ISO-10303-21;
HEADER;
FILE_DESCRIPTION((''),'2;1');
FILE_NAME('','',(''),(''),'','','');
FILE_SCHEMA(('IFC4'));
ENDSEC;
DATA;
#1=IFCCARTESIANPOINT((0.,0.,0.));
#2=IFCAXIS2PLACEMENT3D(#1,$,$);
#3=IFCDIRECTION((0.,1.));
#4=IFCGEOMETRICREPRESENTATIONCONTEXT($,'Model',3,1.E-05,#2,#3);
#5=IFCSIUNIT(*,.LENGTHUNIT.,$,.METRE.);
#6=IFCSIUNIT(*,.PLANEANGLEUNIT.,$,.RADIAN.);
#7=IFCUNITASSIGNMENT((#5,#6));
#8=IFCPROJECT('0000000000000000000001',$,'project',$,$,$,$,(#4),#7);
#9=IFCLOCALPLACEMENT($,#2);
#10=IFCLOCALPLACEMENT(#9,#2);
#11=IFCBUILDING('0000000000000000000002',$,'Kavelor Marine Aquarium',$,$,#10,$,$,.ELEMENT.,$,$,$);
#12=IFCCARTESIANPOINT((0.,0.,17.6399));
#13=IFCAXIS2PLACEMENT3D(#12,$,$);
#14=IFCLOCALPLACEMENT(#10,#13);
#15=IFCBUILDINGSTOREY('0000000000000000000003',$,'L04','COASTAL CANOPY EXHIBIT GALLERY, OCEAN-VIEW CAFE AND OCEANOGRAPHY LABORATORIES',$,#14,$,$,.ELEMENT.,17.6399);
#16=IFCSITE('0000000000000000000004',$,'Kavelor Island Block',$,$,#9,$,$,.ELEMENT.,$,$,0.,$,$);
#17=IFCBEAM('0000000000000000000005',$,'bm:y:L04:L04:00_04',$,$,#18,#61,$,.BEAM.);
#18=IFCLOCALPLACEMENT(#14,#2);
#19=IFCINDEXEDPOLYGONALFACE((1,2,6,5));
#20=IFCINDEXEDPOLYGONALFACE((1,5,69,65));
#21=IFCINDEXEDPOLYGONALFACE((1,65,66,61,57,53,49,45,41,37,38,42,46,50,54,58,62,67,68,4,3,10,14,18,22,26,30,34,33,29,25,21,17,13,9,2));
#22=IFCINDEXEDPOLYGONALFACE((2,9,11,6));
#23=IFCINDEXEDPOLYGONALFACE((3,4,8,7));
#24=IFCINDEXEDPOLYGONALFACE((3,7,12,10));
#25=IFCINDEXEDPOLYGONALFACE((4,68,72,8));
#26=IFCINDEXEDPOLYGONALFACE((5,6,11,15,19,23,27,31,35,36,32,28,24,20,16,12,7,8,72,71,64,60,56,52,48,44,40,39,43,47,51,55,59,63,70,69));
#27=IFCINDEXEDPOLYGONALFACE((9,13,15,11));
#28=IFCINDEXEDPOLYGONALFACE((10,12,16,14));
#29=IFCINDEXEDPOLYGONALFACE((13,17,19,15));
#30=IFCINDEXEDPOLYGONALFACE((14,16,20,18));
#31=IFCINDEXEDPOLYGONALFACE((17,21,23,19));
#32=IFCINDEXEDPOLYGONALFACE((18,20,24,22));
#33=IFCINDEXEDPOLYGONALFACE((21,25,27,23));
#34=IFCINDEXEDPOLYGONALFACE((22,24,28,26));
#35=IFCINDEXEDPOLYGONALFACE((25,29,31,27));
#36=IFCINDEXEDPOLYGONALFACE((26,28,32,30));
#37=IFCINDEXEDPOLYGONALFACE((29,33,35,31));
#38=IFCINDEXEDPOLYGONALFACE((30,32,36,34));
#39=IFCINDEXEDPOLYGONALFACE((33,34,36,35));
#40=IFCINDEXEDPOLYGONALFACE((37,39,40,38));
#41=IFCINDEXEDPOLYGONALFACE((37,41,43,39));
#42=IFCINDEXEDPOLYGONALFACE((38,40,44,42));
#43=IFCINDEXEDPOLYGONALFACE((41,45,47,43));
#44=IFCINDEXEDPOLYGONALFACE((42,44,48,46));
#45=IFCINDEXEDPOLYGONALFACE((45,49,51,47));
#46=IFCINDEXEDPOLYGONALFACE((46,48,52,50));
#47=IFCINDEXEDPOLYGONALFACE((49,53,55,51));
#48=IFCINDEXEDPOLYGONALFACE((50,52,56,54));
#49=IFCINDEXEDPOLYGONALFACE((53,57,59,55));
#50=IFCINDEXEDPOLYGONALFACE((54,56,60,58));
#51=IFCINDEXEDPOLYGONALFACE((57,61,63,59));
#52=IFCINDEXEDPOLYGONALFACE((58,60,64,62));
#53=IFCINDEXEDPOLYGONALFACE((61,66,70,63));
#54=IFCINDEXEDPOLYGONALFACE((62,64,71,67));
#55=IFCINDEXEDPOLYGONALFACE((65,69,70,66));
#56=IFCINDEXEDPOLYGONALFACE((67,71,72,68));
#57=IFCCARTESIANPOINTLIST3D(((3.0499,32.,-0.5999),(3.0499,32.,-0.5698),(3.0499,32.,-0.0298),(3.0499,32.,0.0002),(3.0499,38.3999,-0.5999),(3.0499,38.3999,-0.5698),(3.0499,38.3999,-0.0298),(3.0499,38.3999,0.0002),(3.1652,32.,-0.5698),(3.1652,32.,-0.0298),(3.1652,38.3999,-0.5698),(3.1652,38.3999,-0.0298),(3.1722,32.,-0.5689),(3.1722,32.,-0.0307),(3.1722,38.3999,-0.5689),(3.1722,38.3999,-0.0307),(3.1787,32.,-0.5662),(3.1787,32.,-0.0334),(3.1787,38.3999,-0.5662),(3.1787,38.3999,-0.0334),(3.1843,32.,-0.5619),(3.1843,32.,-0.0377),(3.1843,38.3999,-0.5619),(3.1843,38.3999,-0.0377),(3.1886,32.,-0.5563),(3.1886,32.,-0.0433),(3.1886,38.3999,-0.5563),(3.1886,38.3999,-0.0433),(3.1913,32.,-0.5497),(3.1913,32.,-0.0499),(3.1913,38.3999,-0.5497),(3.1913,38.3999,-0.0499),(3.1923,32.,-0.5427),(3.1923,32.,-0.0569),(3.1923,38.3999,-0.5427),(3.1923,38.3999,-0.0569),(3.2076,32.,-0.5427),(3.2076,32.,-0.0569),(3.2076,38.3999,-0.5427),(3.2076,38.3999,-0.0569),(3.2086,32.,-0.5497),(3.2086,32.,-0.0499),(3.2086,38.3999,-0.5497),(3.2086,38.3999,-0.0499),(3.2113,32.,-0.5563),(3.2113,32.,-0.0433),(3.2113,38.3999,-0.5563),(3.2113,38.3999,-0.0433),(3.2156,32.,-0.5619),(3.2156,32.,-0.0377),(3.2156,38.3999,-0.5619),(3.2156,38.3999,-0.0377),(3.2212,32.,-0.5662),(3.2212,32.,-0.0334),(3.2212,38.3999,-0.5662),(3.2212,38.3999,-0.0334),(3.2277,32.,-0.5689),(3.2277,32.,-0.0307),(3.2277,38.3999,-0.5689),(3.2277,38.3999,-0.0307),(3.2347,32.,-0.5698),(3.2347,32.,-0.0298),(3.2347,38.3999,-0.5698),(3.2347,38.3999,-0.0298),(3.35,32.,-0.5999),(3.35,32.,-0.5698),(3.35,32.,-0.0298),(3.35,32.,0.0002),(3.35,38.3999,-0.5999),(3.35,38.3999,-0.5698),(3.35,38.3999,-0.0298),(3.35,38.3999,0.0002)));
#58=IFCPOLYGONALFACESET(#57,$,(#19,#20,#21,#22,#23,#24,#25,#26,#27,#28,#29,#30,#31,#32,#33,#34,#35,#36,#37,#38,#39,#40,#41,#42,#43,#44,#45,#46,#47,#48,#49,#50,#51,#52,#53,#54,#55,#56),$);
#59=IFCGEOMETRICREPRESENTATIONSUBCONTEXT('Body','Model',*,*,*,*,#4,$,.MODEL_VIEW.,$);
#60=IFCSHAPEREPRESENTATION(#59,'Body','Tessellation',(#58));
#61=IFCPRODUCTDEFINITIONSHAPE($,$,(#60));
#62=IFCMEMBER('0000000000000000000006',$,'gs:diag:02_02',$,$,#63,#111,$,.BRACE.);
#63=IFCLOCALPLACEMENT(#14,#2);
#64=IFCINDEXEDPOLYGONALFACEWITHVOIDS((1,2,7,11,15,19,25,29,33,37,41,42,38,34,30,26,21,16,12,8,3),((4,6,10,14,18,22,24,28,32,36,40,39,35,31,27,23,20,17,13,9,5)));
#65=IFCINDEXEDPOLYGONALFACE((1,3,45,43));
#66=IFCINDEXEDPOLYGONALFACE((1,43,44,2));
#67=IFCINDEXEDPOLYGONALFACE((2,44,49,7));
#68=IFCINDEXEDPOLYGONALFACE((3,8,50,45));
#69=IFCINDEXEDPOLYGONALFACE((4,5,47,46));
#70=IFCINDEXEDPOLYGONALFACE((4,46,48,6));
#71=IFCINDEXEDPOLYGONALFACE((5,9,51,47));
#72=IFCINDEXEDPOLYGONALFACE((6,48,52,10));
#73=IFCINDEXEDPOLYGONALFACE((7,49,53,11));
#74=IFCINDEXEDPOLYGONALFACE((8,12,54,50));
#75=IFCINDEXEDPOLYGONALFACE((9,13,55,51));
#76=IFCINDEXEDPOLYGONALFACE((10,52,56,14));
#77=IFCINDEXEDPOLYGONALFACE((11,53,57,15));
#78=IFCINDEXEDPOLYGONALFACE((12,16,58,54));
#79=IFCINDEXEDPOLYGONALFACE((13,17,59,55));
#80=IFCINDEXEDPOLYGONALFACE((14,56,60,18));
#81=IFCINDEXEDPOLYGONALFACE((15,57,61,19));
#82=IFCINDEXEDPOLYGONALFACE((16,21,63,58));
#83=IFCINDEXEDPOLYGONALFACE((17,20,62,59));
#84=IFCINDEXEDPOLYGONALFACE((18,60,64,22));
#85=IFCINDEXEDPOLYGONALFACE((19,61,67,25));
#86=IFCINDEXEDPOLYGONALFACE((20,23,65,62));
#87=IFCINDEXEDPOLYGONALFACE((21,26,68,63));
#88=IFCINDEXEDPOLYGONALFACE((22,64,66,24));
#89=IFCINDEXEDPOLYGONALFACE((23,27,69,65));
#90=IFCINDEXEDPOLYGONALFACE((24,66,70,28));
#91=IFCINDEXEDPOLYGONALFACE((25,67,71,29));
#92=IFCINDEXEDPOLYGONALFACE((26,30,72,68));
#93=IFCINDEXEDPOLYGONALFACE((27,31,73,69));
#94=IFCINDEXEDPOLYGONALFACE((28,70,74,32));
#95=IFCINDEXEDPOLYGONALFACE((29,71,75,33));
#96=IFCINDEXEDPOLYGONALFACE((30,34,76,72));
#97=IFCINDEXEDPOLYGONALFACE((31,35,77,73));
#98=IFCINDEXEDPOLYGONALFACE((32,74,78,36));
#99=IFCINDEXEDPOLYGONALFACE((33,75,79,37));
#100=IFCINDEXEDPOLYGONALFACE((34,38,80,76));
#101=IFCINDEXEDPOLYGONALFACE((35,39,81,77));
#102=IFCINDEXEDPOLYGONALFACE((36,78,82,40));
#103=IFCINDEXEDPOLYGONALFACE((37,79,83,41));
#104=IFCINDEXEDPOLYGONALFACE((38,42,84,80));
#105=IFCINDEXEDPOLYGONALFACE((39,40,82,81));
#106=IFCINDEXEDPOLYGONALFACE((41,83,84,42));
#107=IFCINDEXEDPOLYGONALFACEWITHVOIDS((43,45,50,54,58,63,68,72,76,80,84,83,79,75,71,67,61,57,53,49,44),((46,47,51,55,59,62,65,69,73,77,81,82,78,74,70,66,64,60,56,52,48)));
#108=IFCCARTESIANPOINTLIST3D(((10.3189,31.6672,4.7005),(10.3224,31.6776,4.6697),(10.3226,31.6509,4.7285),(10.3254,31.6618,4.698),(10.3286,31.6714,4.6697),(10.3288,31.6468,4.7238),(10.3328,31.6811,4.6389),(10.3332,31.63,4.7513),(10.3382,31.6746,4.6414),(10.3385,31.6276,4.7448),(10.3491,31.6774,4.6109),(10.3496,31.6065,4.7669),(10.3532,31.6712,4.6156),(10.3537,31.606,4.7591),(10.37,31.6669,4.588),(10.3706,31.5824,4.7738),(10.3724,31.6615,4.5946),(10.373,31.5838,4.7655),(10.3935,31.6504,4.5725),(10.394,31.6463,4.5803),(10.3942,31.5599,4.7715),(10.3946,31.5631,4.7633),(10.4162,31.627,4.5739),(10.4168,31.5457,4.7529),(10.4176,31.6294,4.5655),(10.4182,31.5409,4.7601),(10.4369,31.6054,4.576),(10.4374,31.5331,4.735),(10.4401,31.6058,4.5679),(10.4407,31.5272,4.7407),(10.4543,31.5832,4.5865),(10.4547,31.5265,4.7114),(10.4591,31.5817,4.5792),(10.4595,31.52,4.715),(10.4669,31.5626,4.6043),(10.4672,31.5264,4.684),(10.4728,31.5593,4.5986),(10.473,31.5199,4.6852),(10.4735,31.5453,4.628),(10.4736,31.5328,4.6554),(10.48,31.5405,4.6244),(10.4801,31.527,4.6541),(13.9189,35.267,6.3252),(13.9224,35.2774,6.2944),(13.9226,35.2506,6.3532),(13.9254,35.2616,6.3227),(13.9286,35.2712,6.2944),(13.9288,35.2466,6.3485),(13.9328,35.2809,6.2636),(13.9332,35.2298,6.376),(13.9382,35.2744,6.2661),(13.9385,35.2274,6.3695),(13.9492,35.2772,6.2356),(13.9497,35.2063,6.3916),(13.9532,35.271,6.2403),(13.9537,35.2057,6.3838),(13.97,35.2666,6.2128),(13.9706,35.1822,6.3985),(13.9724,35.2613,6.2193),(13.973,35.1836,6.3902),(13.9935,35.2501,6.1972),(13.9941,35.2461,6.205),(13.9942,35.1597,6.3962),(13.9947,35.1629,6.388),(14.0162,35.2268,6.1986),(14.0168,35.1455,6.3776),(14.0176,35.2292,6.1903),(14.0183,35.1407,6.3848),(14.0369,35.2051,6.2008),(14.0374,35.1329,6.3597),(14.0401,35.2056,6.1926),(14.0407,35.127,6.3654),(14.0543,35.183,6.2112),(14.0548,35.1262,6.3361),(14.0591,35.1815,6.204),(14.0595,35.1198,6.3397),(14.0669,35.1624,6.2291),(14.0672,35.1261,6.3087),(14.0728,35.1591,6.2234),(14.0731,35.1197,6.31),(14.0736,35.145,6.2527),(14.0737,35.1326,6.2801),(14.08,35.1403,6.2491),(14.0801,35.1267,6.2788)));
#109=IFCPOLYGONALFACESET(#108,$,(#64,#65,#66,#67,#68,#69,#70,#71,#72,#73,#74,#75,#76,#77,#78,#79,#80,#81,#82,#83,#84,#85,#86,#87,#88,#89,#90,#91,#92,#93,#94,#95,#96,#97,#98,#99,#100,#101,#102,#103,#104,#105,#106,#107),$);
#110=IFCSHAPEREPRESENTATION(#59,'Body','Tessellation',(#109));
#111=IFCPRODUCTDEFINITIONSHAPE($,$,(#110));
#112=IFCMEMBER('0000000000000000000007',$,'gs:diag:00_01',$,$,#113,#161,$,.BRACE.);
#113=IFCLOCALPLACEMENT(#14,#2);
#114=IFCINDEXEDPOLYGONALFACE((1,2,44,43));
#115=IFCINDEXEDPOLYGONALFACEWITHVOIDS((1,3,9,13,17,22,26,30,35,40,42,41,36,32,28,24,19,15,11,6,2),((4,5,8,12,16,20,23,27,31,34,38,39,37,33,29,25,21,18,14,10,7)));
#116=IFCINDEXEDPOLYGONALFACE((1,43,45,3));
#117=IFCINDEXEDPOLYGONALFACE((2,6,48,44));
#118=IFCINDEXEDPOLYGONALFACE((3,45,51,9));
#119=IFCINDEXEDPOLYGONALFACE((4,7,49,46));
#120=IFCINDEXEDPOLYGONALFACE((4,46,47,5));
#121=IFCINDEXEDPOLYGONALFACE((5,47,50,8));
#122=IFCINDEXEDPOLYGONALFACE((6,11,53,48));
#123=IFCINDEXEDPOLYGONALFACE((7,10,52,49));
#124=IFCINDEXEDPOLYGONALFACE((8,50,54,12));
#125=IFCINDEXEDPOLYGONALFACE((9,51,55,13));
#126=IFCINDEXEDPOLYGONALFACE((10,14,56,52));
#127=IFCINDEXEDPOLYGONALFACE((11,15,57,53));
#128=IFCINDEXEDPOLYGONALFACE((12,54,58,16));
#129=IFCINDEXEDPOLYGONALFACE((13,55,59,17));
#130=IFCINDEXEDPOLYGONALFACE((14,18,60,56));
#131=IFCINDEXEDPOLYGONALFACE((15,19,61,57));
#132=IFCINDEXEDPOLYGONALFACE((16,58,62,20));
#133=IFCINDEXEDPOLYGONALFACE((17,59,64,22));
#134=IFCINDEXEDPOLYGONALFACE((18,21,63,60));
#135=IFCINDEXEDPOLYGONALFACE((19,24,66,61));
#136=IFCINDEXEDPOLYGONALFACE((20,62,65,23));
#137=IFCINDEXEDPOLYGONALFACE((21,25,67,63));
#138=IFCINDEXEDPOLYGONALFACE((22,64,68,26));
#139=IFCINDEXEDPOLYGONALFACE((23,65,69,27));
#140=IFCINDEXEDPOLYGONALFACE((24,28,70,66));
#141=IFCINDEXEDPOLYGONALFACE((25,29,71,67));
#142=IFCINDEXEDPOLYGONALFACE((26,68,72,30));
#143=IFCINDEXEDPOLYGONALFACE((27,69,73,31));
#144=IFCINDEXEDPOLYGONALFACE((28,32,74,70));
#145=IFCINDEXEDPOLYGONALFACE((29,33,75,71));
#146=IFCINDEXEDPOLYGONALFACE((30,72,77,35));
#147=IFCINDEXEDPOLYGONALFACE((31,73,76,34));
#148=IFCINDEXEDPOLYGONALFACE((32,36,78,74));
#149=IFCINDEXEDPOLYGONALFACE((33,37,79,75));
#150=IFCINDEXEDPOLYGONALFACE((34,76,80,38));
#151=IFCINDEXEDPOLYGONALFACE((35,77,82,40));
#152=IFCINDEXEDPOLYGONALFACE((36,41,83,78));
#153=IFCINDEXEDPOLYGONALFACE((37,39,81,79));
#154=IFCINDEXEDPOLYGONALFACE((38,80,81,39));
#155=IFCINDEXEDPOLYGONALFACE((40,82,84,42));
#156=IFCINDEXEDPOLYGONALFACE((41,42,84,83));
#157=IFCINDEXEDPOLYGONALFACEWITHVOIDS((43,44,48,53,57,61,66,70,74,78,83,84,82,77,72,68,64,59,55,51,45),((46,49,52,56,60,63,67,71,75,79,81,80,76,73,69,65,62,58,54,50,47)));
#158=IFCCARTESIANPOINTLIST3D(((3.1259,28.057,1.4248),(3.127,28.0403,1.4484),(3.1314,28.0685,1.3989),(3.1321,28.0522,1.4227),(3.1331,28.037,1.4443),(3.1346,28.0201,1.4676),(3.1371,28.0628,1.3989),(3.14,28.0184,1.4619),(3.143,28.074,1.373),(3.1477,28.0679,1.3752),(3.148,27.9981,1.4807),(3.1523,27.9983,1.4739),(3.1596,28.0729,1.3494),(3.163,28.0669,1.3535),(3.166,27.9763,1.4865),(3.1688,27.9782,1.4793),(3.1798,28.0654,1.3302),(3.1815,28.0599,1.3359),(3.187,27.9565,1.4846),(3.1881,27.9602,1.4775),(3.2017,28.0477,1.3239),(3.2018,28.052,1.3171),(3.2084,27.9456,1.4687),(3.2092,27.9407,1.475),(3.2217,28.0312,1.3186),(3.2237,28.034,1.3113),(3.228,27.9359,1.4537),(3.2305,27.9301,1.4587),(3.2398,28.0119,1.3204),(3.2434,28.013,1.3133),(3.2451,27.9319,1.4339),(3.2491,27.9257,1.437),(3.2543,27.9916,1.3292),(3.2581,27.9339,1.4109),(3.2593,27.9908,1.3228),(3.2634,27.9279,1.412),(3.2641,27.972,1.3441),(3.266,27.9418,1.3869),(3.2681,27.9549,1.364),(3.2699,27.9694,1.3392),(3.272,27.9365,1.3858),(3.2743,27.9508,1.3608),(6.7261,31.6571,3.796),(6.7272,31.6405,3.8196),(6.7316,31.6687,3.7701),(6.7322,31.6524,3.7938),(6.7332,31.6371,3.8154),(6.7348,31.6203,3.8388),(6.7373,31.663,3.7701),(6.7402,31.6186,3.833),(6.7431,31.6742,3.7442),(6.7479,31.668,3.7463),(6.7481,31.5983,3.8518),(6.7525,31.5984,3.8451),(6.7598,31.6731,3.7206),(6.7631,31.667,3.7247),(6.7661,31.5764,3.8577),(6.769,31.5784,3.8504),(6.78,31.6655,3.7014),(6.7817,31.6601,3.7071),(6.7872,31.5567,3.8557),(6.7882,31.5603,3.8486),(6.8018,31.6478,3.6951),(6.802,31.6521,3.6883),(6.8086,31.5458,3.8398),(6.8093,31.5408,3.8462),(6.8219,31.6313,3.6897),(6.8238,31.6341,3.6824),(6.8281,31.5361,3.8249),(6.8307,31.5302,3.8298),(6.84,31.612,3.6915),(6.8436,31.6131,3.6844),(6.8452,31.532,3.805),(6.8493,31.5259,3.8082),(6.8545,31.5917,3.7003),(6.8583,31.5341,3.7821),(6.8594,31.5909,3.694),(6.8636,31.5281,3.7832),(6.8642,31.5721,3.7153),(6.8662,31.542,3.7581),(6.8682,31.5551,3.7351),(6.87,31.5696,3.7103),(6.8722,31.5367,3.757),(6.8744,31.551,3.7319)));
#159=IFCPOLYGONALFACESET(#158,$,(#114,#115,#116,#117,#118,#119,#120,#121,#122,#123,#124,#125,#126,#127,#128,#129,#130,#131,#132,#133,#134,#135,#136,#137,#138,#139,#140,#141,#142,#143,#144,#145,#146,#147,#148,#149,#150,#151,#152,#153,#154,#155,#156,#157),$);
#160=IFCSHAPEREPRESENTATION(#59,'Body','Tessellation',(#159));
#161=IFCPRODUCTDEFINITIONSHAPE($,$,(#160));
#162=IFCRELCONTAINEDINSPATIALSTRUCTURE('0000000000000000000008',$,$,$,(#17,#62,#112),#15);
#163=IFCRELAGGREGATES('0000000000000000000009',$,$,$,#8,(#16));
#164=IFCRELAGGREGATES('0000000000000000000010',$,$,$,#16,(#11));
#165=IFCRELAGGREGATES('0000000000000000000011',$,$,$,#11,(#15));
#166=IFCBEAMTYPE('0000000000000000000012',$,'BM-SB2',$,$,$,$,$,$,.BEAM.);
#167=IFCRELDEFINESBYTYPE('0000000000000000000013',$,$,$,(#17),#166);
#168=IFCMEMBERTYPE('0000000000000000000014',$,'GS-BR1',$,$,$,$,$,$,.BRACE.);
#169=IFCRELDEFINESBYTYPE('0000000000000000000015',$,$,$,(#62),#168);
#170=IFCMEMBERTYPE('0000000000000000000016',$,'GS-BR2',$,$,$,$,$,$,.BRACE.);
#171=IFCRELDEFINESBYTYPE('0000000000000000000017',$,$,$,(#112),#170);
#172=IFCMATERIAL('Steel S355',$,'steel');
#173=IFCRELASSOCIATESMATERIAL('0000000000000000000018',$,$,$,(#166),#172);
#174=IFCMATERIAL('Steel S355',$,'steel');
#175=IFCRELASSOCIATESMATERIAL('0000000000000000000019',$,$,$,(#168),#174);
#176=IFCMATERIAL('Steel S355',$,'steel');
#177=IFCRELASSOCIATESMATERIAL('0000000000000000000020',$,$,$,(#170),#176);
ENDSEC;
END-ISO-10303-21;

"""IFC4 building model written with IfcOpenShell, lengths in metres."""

from ifc_helpers import new_model, si_unit, direction, frame, origin, origin_2d, place, context, subcontext, project, spatial, hollow_circle, i_section, extrude, material, material_profile, profile_set, type_object, element, save


model = new_model("IFC4")

# Units and contexts
model_context = context("Model", 3, precision=1e-05, world=origin(), true_north=direction((0.0, 1.0)))
body_context = subcontext(model_context, "Body", "Model", "MODEL_VIEW")
ifc_project = project(units=[si_unit("LENGTHUNIT", "METRE"), si_unit("PLANEANGLEUNIT", "RADIAN")], contexts=[model_context])

# Site, building, storey
site_placement = place(None, origin())
site = spatial("IfcSite", under=ifc_project, at=site_placement, Name="Kavelor Island Block", CompositionType="ELEMENT", RefElevation=0.0)
building_placement = place(site_placement, origin())
building = spatial("IfcBuilding", under=site, at=building_placement, Name="Kavelor Marine Aquarium", CompositionType="ELEMENT")
storey_placement = place(building_placement, frame((0.0, 0.0, 17.6399)))
storey = spatial("IfcBuildingStorey", under=building, at=storey_placement, Name="L04", Description="COASTAL CANOPY EXHIBIT GALLERY, OCEAN-VIEW CAFE AND OCEANOGRAPHY LABORATORIES", CompositionType="ELEMENT", Elevation=17.6399)

# Beam
ifc_material_1 = material(Name="Steel S355", Category="steel")
ifc_material_profile_1 = material_profile(ifc_material_1, i_section(OverallWidth=0.3, OverallDepth=0.6001, WebThickness=0.0154, FlangeThickness=0.03, FilletRadius=0.0271, at=origin_2d()), Name="HEB 600")
ifc_profile_set_1 = profile_set([ifc_material_profile_1], Name="Steel S355")
beam_type = type_object("IfcBeamType", Name="BM-SB2", PredefinedType="BEAM", material=ifc_profile_set_1)
beam_placement = place(storey_placement, frame((3.2, 32.0, -0.2998), z_axis=(0.0, 1.0, 0.0), x_axis=(-1.0, 0.0, 0.0)))
element("IfcBeam", 1, at=beam_placement, inside=storey, type_object=beam_type, Name="bm:y:L04:L04:00_04", PredefinedType="BEAM", context=body_context, shape_type="SweptSolid", body=[
    extrude(i_section(OverallWidth=0.3, OverallDepth=0.6001, WebThickness=0.0154, FlangeThickness=0.03, FilletRadius=0.0271, at=origin_2d()), origin(), (0.0, 0.0, 1.0), 6.3999),
])

# Members
ifc_material_2 = material(Name="Steel S355", Category="steel")
ifc_material_profile_2 = material_profile(ifc_material_2, hollow_circle(Radius=0.1096, WallThickness=0.0088, at=origin_2d()), Name="CHS 219.1x8.8")
ifc_profile_set_2 = profile_set([ifc_material_profile_2], Name="Steel S355")
member_type_1 = type_object("IfcMemberType", Name="GS-BR1", PredefinedType="BRACE", material=ifc_profile_set_2)
member_1_placement = place(storey_placement, frame((10.3999, 31.6001, 4.6697), z_axis=(0.673657, 0.673612, 0.304028), x_axis=(-0.707083, 0.707131, 0.0)))
element("IfcMember", 2, at=member_1_placement, inside=storey, type_object=member_type_1, Name="gs:diag:02_02", PredefinedType="BRACE", context=body_context, shape_type="SweptSolid", body=[
    extrude(hollow_circle(Radius=0.1096, WallThickness=0.0088, at=origin_2d()), origin(), (0.0, 0.0, 1.0), 5.344),
])
ifc_material_3 = material(Name="Steel S355", Category="steel")
ifc_material_profile_3 = material_profile(ifc_material_3, hollow_circle(Radius=0.0969, WallThickness=0.0081, at=origin_2d()), Name="CHS 193.7x8.0")
ifc_profile_set_3 = profile_set([ifc_material_profile_3], Name="Steel S355")
member_type_2 = type_object("IfcMemberType", Name="GS-BR2", PredefinedType="BRACE", material=ifc_profile_set_3)
member_2_placement = place(storey_placement, frame((3.2, 28.0, 1.3989), z_axis=(0.641002, 0.641002, 0.422176), x_axis=(-0.707107, 0.707107, 0.0)))
element("IfcMember", 3, at=member_2_placement, inside=storey, type_object=member_type_2, Name="gs:diag:00_01", PredefinedType="BRACE", context=body_context, shape_type="SweptSolid", body=[
    extrude(hollow_circle(Radius=0.0969, WallThickness=0.0081, at=origin_2d()), origin(), (0.0, 0.0, 1.0), 5.6165),
])

save(model, "model.ifc")
